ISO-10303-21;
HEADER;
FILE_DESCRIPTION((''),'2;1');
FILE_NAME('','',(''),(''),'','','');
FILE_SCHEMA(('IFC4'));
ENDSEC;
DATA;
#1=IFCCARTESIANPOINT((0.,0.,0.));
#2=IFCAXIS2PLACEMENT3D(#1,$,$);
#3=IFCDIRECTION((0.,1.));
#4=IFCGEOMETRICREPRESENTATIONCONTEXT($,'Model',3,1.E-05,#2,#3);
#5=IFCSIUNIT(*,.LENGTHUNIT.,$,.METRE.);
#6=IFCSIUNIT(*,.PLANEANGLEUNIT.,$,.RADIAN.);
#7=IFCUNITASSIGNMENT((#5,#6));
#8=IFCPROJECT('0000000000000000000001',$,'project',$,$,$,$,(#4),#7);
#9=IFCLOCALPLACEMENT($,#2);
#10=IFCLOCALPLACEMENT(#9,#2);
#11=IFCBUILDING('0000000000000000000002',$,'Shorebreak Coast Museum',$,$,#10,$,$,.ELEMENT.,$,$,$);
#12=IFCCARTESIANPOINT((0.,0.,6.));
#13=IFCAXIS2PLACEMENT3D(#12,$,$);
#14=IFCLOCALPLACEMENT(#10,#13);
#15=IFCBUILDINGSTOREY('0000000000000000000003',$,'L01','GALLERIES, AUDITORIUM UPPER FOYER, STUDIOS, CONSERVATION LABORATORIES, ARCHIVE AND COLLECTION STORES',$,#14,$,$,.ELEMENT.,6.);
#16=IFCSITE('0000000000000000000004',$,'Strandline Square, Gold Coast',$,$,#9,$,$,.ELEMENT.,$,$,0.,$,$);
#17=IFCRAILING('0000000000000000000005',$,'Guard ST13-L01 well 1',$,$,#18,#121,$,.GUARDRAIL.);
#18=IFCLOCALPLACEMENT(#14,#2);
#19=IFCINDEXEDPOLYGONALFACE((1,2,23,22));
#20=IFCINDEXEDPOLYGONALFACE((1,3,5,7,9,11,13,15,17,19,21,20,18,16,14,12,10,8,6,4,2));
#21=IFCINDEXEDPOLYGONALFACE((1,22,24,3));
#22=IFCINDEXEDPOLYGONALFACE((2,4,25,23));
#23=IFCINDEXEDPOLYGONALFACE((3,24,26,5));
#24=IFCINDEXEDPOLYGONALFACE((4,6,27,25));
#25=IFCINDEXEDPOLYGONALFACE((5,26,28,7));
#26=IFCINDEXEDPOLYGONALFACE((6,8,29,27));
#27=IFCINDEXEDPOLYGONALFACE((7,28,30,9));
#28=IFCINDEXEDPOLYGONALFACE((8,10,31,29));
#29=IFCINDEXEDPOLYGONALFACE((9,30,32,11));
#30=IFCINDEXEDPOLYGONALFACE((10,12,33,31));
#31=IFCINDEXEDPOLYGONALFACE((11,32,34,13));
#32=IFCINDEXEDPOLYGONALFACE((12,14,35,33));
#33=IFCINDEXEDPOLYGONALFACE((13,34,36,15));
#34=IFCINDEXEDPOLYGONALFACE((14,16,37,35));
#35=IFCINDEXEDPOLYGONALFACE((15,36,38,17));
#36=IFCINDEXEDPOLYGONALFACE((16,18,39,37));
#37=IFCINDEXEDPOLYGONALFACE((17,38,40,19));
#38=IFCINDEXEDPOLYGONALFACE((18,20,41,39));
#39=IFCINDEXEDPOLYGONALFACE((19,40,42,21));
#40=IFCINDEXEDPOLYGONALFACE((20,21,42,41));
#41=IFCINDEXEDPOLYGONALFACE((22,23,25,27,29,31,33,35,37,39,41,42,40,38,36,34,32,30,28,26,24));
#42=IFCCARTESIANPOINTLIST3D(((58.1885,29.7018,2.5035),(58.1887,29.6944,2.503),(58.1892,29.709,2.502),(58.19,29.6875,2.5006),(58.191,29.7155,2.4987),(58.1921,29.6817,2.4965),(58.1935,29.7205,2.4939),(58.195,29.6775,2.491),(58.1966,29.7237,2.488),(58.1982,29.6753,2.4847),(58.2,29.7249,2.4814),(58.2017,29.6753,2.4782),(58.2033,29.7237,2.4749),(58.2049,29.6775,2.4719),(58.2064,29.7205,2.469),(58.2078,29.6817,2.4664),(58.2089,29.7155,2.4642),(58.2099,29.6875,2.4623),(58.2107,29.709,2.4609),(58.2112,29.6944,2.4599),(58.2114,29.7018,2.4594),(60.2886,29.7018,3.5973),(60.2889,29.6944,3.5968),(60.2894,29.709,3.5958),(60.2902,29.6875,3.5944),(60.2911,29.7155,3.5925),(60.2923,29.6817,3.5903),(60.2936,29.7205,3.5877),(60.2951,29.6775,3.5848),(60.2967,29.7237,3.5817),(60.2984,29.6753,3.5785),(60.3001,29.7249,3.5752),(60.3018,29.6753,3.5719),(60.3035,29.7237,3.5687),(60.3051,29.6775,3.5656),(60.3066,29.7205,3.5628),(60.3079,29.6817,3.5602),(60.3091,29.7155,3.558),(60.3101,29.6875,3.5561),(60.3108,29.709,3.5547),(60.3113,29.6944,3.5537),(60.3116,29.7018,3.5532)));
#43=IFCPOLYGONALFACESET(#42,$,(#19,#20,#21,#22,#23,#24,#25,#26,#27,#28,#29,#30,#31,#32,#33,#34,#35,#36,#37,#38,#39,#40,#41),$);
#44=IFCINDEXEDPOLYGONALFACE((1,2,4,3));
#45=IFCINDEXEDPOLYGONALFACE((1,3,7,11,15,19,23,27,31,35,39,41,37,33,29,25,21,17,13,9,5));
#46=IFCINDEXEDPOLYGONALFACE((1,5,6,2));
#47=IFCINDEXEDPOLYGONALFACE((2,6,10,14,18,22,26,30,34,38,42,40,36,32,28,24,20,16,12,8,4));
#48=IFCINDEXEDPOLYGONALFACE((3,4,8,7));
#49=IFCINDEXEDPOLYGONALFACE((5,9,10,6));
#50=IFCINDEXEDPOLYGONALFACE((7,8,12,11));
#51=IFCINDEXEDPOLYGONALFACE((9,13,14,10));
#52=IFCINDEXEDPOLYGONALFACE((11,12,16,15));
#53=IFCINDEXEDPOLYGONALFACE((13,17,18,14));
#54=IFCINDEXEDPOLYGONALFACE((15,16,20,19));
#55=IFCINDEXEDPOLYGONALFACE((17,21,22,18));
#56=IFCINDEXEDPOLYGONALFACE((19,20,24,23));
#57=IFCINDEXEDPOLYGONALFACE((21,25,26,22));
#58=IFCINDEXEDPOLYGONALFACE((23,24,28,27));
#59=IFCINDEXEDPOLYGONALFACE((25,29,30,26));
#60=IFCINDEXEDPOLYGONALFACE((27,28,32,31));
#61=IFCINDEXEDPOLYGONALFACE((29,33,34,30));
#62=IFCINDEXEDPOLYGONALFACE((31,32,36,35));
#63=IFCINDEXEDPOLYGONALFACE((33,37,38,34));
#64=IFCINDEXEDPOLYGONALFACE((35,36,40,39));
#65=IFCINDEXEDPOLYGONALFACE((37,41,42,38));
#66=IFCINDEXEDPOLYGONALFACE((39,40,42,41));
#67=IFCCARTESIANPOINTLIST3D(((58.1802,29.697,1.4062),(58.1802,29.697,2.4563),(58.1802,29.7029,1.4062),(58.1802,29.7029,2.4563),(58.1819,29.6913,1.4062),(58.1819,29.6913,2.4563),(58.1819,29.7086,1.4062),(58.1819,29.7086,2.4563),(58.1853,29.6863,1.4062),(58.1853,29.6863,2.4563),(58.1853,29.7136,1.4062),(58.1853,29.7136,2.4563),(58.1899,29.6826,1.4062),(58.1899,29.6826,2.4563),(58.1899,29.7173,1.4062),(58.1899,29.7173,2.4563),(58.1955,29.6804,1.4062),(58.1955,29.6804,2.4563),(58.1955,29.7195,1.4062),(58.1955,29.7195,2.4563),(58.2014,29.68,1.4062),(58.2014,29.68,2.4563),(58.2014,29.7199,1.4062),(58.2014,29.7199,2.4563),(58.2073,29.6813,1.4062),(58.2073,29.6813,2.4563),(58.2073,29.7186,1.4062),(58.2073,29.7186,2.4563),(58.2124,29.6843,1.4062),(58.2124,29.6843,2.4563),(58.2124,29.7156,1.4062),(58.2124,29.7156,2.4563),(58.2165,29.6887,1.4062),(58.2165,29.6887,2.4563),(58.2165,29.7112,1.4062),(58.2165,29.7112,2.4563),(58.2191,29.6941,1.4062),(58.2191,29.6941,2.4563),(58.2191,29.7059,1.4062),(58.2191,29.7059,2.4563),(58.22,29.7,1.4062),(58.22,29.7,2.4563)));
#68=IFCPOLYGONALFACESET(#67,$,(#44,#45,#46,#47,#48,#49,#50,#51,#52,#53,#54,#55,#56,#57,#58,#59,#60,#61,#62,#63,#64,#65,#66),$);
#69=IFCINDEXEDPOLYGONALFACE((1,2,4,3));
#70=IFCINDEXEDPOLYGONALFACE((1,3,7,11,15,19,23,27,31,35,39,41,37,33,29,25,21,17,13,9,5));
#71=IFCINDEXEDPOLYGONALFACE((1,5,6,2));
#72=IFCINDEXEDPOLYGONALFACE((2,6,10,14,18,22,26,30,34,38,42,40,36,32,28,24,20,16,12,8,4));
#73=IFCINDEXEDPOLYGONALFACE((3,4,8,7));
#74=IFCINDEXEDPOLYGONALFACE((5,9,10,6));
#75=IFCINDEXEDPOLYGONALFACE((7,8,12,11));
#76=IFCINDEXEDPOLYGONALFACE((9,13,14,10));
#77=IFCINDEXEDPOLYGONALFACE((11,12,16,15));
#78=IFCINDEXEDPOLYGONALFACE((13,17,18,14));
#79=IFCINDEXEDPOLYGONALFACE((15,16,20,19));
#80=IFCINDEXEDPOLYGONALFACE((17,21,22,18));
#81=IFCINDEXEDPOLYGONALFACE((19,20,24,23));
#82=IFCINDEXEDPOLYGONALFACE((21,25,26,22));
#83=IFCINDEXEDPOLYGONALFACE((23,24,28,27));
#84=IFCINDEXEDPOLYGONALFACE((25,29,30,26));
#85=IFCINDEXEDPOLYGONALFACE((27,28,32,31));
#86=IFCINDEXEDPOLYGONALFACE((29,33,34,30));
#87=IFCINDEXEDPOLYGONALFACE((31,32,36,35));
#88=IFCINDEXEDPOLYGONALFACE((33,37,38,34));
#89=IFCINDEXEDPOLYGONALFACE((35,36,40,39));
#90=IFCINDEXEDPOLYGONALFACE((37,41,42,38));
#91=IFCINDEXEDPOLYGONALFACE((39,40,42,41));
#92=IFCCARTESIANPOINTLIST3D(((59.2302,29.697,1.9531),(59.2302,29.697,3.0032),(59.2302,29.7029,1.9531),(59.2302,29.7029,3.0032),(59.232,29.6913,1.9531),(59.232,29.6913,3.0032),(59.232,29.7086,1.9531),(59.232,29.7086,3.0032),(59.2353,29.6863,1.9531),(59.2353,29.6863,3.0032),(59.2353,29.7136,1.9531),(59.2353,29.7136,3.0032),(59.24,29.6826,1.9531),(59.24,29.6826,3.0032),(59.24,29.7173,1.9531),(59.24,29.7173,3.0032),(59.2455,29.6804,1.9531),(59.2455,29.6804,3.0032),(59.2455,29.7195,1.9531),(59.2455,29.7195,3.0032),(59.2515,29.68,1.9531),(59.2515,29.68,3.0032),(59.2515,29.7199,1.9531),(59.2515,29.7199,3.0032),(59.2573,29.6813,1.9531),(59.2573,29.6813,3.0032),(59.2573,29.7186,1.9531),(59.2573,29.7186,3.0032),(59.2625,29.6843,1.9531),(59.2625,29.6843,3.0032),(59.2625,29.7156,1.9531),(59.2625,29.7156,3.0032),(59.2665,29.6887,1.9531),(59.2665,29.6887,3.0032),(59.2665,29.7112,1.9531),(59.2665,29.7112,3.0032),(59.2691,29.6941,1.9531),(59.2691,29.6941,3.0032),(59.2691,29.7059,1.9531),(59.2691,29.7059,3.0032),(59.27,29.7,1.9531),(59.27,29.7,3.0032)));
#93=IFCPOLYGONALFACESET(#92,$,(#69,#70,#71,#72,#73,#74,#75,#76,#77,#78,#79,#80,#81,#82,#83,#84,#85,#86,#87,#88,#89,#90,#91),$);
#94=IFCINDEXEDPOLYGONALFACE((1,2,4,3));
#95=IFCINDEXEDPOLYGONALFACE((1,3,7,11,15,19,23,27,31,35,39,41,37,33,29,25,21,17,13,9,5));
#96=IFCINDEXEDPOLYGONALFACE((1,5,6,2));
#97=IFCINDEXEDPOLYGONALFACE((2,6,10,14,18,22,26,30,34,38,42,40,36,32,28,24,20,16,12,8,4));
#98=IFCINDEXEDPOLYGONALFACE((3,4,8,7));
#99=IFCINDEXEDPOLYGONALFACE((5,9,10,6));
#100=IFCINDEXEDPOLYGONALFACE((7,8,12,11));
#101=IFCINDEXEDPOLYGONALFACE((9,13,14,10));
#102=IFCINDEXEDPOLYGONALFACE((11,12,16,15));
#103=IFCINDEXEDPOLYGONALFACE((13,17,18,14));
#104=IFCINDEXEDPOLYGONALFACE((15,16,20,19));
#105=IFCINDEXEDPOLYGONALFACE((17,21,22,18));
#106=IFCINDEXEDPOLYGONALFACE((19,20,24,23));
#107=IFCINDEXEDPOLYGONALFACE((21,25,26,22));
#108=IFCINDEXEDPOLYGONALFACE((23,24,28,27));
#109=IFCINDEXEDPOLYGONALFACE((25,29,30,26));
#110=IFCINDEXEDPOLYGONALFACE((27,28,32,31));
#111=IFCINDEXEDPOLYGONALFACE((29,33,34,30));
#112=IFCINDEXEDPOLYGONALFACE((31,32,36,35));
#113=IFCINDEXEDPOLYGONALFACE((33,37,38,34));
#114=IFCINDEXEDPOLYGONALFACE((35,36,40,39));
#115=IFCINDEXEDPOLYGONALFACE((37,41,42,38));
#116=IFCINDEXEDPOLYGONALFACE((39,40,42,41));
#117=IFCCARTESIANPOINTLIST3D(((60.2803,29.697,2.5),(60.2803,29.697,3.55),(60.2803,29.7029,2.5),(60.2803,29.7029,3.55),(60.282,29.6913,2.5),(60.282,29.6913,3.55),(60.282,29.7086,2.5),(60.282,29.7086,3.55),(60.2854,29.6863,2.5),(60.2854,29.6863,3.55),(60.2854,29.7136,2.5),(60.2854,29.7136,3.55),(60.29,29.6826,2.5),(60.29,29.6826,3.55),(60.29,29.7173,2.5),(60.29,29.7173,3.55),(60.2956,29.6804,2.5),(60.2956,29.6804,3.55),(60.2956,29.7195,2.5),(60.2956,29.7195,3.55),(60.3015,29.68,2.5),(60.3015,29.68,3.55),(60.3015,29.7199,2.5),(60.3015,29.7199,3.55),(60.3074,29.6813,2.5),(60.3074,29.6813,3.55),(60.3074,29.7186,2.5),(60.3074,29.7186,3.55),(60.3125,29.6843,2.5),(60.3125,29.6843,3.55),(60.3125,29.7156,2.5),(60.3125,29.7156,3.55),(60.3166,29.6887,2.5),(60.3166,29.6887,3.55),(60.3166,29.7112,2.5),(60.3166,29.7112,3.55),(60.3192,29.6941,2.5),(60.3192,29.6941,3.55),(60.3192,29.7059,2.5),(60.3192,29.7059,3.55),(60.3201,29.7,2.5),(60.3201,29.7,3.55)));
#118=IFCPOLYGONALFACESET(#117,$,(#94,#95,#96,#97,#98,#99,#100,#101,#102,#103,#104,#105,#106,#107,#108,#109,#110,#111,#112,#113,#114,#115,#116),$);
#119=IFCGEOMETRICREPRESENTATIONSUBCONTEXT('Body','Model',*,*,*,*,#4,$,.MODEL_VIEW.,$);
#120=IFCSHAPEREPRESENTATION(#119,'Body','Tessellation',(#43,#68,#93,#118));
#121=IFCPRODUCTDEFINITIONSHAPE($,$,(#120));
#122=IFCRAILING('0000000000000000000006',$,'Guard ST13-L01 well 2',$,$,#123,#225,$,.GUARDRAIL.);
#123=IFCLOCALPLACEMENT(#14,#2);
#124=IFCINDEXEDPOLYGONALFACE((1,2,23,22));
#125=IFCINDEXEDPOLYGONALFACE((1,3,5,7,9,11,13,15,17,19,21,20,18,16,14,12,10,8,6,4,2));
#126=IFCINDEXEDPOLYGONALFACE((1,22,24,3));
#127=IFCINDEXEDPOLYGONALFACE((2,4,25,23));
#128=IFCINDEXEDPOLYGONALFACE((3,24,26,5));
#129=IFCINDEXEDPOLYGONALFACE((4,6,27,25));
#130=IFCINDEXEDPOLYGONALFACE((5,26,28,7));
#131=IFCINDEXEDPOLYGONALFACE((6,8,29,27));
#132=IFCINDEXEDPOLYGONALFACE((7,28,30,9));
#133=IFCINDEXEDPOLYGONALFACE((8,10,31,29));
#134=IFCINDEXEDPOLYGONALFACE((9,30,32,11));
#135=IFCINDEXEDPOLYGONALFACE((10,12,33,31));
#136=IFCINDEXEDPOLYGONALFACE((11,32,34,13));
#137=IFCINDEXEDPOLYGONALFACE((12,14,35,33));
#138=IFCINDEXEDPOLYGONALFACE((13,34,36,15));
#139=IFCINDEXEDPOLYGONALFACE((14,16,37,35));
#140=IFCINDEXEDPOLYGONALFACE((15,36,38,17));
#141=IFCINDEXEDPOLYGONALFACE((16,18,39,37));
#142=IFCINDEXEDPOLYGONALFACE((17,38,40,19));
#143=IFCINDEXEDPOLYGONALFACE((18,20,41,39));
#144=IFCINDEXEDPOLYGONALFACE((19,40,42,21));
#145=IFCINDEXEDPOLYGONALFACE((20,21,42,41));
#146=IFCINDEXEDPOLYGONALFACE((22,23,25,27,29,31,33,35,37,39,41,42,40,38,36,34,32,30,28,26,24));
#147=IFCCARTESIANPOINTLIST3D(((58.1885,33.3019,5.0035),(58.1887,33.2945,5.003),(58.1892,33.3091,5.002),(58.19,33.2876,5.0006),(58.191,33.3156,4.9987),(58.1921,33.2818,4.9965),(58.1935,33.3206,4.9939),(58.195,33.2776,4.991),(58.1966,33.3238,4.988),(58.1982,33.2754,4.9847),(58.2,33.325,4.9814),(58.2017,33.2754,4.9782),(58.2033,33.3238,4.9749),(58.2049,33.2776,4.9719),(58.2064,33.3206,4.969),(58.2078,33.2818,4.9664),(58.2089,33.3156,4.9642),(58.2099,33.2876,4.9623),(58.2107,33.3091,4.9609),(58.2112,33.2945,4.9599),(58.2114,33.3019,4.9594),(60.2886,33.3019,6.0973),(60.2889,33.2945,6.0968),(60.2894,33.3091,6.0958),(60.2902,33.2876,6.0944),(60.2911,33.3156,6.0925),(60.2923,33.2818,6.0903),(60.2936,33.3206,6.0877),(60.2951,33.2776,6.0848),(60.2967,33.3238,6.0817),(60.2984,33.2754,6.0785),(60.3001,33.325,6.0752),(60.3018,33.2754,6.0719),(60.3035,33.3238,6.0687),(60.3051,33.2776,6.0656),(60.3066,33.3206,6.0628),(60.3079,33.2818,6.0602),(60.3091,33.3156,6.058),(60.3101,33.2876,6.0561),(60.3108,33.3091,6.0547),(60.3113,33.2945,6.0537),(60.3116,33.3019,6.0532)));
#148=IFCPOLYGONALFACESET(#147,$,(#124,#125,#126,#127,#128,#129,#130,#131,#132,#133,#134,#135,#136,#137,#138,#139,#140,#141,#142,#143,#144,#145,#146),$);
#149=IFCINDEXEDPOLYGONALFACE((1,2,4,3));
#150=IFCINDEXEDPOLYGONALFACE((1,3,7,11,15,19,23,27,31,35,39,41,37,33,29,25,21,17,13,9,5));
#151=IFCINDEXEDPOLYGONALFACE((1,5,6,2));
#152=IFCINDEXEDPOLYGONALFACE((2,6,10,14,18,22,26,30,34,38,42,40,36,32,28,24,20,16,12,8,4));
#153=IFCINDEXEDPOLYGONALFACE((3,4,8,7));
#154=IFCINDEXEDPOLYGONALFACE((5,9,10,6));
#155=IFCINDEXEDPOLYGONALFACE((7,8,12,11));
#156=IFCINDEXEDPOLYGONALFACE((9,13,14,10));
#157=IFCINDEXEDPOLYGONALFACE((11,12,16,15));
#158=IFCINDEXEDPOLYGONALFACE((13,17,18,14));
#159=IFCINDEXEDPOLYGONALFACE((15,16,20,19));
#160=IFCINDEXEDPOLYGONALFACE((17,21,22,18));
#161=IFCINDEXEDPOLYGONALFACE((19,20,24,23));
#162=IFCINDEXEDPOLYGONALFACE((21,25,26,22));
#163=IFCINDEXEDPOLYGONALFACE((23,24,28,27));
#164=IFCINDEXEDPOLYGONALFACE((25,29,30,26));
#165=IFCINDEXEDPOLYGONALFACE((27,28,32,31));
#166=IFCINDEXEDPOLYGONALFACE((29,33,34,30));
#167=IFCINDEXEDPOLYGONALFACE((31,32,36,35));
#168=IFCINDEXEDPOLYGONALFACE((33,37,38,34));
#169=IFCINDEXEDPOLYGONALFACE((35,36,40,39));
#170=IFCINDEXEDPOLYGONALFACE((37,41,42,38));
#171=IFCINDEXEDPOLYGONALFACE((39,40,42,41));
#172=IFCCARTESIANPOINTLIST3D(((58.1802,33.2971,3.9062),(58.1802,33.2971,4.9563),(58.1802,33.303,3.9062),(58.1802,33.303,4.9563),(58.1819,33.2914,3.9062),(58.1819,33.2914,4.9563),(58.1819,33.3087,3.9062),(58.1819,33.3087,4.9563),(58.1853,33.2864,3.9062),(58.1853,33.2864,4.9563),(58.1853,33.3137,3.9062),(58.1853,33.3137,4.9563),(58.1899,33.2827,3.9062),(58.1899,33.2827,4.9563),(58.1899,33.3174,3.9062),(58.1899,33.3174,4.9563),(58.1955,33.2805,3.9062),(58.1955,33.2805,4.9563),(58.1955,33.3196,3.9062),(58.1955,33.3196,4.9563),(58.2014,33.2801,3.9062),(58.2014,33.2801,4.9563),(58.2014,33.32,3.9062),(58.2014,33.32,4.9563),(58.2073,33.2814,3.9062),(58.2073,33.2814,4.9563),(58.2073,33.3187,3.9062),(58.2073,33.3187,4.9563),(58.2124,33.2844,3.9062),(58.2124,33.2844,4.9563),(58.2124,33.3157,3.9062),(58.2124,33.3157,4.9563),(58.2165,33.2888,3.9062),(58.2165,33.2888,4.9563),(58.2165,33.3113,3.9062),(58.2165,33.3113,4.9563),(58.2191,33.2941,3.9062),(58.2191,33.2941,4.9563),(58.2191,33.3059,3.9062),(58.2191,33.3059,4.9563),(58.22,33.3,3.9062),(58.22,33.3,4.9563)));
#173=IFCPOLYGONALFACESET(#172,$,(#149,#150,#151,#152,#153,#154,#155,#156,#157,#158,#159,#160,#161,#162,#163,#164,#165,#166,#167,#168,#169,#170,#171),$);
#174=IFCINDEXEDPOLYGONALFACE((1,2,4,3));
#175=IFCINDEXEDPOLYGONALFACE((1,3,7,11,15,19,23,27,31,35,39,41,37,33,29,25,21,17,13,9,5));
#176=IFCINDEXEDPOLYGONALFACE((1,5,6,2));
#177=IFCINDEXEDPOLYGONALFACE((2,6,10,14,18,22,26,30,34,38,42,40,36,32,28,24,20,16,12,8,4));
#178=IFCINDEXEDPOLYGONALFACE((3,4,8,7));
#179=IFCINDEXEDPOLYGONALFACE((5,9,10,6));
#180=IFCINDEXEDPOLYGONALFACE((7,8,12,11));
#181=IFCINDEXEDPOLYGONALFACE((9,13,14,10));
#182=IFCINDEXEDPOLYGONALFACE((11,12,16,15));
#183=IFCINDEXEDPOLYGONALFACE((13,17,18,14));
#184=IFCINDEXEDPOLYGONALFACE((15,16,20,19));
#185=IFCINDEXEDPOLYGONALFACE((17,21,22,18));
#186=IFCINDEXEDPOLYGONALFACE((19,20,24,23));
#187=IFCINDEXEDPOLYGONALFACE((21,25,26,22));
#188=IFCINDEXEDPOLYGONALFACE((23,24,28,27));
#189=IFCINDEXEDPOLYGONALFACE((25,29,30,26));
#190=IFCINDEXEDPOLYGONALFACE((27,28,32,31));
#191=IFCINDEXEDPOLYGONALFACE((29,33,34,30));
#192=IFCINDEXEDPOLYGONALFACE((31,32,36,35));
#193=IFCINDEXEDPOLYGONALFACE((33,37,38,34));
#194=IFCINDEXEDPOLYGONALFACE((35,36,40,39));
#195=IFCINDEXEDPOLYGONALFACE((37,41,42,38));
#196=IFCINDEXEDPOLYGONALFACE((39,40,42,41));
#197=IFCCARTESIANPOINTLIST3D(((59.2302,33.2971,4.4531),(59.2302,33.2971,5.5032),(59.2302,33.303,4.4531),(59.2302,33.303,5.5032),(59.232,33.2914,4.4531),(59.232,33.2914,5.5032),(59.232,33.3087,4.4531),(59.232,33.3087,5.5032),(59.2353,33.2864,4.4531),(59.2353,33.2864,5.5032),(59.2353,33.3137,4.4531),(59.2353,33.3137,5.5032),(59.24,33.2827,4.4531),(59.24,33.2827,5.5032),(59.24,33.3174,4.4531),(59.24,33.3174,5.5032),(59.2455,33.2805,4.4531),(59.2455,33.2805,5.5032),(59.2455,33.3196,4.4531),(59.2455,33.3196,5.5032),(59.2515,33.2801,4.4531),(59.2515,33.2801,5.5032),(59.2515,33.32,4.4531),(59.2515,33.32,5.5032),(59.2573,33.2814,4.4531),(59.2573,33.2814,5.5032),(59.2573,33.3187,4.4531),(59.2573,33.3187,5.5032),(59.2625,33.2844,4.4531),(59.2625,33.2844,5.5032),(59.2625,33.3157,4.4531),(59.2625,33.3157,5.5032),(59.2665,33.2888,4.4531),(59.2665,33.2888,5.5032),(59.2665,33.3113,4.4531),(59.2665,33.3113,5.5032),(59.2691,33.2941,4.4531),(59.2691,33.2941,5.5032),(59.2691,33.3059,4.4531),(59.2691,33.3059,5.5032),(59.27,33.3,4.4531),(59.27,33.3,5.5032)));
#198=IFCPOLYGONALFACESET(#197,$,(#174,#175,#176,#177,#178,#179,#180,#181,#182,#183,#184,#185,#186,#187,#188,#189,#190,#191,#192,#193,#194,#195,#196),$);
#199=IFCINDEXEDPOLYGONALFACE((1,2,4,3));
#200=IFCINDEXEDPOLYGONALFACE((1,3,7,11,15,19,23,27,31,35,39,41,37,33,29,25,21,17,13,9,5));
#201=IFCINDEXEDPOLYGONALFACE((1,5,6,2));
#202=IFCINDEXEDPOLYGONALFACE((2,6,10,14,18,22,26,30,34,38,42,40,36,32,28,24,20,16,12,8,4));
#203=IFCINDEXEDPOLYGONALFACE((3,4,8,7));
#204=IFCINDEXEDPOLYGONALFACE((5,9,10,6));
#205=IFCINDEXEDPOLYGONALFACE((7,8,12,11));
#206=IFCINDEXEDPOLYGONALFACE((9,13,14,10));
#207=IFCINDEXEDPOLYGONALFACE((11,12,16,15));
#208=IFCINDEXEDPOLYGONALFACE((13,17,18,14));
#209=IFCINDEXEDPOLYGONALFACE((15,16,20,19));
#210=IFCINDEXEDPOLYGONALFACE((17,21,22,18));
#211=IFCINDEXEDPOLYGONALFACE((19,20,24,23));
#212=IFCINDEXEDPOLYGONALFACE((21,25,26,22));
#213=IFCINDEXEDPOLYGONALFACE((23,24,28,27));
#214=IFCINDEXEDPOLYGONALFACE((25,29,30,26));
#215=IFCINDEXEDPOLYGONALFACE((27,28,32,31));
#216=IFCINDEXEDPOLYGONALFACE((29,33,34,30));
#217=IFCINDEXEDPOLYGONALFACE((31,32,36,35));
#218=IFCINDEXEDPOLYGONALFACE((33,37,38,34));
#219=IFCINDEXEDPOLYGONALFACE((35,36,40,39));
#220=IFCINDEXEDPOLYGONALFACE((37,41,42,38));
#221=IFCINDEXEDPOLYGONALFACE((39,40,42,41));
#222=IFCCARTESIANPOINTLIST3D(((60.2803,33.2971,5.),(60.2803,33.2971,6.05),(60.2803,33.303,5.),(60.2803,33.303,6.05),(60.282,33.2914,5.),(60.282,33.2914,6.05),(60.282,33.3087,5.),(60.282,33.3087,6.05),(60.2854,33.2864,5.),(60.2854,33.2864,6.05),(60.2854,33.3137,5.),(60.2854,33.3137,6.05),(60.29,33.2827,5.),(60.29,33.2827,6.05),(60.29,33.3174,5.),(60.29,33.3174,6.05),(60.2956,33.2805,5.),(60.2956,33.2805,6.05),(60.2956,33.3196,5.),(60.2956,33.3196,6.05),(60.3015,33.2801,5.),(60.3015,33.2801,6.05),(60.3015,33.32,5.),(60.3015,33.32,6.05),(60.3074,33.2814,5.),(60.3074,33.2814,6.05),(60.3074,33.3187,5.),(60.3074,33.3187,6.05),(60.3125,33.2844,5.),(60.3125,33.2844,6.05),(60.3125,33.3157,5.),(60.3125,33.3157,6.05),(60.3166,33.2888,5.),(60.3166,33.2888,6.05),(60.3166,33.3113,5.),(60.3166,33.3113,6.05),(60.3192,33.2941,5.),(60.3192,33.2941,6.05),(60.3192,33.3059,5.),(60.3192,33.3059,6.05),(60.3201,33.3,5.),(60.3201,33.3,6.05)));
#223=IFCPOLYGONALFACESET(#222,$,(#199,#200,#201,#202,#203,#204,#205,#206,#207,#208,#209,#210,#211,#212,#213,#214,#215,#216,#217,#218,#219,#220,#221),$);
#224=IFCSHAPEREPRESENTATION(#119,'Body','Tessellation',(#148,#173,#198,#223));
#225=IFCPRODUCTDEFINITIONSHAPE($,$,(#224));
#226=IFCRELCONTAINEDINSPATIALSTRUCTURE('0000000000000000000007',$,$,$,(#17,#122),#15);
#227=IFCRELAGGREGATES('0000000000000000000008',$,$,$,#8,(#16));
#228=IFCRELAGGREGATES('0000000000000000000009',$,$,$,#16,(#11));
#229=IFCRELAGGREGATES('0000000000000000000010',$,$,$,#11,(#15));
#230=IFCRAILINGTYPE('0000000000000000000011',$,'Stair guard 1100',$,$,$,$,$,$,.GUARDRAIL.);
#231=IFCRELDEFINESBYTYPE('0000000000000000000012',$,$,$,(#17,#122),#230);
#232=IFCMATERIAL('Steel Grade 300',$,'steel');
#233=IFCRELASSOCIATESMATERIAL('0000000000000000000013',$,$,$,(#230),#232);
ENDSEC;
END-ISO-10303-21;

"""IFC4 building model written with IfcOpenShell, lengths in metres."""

from ifc_helpers import new_model, si_unit, direction, frame, origin, origin_2d, place, context, subcontext, project, spatial, circle, extrude, material, type_object, element, save


model = new_model("IFC4")

# Units and contexts
model_context = context("Model", 3, precision=1e-05, world=origin(), true_north=direction((0.0, 1.0)))
body_context = subcontext(model_context, "Body", "Model", "MODEL_VIEW")
ifc_project = project(units=[si_unit("LENGTHUNIT", "METRE"), si_unit("PLANEANGLEUNIT", "RADIAN")], contexts=[model_context])

# Site, building, storey
site_placement = place(None, origin())
site = spatial("IfcSite", under=ifc_project, at=site_placement, Name="Strandline Square, Gold Coast", CompositionType="ELEMENT", RefElevation=0.0)
building_placement = place(site_placement, origin())
building = spatial("IfcBuilding", under=site, at=building_placement, Name="Shorebreak Coast Museum", CompositionType="ELEMENT")
storey_placement = place(building_placement, frame((0.0, 0.0, 6.0)))
storey = spatial("IfcBuildingStorey", under=building, at=storey_placement, Name="L01", Description="GALLERIES, AUDITORIUM UPPER FOYER, STUDIOS, CONSERVATION LABORATORIES, ARCHIVE AND COLLECTION STORES", CompositionType="ELEMENT", Elevation=6.0)

# Railings
ifc_material_1 = material(Name="Steel Grade 300", Category="steel")
railing_type_1 = type_object("IfcRailingType", Name="Stair guard 1100", PredefinedType="GUARDRAIL", material=ifc_material_1)
for number, where, name in (
    (1, (58.2, 29.7, 1.4062), "Guard ST13-L01 well 1"),
    (2, (58.2, 33.3, 3.9062), "Guard ST13-L01 well 2"),
):
    element("IfcRailing", number, at=place(storey_placement, frame(where)), inside=storey, type_object=railing_type_1, Name=name, PredefinedType="GUARDRAIL", context=body_context, shape_type="SweptSolid", body=[
        extrude(circle(Radius=0.0249, at=origin_2d()), frame((0.0, 0.0, 1.0752), z_axis=(0.886923, 0.0, 0.461918), x_axis=(0.0, 1.0, 0.0)), (0.0, 0.0, 1.0), 2.3679),
        extrude(circle(Radius=0.02, at=origin_2d()), origin(), (0.0, 0.0, 1.0), 1.05),
        extrude(circle(Radius=0.02, at=origin_2d()), frame((1.05, 0.0, 0.5469)), (0.0, 0.0, 1.0), 1.05),
        extrude(circle(Radius=0.02, at=origin_2d()), frame((2.1001, 0.0, 1.0938)), (0.0, 0.0, 1.0), 1.05),
    ])

save(model, "model.ifc")
